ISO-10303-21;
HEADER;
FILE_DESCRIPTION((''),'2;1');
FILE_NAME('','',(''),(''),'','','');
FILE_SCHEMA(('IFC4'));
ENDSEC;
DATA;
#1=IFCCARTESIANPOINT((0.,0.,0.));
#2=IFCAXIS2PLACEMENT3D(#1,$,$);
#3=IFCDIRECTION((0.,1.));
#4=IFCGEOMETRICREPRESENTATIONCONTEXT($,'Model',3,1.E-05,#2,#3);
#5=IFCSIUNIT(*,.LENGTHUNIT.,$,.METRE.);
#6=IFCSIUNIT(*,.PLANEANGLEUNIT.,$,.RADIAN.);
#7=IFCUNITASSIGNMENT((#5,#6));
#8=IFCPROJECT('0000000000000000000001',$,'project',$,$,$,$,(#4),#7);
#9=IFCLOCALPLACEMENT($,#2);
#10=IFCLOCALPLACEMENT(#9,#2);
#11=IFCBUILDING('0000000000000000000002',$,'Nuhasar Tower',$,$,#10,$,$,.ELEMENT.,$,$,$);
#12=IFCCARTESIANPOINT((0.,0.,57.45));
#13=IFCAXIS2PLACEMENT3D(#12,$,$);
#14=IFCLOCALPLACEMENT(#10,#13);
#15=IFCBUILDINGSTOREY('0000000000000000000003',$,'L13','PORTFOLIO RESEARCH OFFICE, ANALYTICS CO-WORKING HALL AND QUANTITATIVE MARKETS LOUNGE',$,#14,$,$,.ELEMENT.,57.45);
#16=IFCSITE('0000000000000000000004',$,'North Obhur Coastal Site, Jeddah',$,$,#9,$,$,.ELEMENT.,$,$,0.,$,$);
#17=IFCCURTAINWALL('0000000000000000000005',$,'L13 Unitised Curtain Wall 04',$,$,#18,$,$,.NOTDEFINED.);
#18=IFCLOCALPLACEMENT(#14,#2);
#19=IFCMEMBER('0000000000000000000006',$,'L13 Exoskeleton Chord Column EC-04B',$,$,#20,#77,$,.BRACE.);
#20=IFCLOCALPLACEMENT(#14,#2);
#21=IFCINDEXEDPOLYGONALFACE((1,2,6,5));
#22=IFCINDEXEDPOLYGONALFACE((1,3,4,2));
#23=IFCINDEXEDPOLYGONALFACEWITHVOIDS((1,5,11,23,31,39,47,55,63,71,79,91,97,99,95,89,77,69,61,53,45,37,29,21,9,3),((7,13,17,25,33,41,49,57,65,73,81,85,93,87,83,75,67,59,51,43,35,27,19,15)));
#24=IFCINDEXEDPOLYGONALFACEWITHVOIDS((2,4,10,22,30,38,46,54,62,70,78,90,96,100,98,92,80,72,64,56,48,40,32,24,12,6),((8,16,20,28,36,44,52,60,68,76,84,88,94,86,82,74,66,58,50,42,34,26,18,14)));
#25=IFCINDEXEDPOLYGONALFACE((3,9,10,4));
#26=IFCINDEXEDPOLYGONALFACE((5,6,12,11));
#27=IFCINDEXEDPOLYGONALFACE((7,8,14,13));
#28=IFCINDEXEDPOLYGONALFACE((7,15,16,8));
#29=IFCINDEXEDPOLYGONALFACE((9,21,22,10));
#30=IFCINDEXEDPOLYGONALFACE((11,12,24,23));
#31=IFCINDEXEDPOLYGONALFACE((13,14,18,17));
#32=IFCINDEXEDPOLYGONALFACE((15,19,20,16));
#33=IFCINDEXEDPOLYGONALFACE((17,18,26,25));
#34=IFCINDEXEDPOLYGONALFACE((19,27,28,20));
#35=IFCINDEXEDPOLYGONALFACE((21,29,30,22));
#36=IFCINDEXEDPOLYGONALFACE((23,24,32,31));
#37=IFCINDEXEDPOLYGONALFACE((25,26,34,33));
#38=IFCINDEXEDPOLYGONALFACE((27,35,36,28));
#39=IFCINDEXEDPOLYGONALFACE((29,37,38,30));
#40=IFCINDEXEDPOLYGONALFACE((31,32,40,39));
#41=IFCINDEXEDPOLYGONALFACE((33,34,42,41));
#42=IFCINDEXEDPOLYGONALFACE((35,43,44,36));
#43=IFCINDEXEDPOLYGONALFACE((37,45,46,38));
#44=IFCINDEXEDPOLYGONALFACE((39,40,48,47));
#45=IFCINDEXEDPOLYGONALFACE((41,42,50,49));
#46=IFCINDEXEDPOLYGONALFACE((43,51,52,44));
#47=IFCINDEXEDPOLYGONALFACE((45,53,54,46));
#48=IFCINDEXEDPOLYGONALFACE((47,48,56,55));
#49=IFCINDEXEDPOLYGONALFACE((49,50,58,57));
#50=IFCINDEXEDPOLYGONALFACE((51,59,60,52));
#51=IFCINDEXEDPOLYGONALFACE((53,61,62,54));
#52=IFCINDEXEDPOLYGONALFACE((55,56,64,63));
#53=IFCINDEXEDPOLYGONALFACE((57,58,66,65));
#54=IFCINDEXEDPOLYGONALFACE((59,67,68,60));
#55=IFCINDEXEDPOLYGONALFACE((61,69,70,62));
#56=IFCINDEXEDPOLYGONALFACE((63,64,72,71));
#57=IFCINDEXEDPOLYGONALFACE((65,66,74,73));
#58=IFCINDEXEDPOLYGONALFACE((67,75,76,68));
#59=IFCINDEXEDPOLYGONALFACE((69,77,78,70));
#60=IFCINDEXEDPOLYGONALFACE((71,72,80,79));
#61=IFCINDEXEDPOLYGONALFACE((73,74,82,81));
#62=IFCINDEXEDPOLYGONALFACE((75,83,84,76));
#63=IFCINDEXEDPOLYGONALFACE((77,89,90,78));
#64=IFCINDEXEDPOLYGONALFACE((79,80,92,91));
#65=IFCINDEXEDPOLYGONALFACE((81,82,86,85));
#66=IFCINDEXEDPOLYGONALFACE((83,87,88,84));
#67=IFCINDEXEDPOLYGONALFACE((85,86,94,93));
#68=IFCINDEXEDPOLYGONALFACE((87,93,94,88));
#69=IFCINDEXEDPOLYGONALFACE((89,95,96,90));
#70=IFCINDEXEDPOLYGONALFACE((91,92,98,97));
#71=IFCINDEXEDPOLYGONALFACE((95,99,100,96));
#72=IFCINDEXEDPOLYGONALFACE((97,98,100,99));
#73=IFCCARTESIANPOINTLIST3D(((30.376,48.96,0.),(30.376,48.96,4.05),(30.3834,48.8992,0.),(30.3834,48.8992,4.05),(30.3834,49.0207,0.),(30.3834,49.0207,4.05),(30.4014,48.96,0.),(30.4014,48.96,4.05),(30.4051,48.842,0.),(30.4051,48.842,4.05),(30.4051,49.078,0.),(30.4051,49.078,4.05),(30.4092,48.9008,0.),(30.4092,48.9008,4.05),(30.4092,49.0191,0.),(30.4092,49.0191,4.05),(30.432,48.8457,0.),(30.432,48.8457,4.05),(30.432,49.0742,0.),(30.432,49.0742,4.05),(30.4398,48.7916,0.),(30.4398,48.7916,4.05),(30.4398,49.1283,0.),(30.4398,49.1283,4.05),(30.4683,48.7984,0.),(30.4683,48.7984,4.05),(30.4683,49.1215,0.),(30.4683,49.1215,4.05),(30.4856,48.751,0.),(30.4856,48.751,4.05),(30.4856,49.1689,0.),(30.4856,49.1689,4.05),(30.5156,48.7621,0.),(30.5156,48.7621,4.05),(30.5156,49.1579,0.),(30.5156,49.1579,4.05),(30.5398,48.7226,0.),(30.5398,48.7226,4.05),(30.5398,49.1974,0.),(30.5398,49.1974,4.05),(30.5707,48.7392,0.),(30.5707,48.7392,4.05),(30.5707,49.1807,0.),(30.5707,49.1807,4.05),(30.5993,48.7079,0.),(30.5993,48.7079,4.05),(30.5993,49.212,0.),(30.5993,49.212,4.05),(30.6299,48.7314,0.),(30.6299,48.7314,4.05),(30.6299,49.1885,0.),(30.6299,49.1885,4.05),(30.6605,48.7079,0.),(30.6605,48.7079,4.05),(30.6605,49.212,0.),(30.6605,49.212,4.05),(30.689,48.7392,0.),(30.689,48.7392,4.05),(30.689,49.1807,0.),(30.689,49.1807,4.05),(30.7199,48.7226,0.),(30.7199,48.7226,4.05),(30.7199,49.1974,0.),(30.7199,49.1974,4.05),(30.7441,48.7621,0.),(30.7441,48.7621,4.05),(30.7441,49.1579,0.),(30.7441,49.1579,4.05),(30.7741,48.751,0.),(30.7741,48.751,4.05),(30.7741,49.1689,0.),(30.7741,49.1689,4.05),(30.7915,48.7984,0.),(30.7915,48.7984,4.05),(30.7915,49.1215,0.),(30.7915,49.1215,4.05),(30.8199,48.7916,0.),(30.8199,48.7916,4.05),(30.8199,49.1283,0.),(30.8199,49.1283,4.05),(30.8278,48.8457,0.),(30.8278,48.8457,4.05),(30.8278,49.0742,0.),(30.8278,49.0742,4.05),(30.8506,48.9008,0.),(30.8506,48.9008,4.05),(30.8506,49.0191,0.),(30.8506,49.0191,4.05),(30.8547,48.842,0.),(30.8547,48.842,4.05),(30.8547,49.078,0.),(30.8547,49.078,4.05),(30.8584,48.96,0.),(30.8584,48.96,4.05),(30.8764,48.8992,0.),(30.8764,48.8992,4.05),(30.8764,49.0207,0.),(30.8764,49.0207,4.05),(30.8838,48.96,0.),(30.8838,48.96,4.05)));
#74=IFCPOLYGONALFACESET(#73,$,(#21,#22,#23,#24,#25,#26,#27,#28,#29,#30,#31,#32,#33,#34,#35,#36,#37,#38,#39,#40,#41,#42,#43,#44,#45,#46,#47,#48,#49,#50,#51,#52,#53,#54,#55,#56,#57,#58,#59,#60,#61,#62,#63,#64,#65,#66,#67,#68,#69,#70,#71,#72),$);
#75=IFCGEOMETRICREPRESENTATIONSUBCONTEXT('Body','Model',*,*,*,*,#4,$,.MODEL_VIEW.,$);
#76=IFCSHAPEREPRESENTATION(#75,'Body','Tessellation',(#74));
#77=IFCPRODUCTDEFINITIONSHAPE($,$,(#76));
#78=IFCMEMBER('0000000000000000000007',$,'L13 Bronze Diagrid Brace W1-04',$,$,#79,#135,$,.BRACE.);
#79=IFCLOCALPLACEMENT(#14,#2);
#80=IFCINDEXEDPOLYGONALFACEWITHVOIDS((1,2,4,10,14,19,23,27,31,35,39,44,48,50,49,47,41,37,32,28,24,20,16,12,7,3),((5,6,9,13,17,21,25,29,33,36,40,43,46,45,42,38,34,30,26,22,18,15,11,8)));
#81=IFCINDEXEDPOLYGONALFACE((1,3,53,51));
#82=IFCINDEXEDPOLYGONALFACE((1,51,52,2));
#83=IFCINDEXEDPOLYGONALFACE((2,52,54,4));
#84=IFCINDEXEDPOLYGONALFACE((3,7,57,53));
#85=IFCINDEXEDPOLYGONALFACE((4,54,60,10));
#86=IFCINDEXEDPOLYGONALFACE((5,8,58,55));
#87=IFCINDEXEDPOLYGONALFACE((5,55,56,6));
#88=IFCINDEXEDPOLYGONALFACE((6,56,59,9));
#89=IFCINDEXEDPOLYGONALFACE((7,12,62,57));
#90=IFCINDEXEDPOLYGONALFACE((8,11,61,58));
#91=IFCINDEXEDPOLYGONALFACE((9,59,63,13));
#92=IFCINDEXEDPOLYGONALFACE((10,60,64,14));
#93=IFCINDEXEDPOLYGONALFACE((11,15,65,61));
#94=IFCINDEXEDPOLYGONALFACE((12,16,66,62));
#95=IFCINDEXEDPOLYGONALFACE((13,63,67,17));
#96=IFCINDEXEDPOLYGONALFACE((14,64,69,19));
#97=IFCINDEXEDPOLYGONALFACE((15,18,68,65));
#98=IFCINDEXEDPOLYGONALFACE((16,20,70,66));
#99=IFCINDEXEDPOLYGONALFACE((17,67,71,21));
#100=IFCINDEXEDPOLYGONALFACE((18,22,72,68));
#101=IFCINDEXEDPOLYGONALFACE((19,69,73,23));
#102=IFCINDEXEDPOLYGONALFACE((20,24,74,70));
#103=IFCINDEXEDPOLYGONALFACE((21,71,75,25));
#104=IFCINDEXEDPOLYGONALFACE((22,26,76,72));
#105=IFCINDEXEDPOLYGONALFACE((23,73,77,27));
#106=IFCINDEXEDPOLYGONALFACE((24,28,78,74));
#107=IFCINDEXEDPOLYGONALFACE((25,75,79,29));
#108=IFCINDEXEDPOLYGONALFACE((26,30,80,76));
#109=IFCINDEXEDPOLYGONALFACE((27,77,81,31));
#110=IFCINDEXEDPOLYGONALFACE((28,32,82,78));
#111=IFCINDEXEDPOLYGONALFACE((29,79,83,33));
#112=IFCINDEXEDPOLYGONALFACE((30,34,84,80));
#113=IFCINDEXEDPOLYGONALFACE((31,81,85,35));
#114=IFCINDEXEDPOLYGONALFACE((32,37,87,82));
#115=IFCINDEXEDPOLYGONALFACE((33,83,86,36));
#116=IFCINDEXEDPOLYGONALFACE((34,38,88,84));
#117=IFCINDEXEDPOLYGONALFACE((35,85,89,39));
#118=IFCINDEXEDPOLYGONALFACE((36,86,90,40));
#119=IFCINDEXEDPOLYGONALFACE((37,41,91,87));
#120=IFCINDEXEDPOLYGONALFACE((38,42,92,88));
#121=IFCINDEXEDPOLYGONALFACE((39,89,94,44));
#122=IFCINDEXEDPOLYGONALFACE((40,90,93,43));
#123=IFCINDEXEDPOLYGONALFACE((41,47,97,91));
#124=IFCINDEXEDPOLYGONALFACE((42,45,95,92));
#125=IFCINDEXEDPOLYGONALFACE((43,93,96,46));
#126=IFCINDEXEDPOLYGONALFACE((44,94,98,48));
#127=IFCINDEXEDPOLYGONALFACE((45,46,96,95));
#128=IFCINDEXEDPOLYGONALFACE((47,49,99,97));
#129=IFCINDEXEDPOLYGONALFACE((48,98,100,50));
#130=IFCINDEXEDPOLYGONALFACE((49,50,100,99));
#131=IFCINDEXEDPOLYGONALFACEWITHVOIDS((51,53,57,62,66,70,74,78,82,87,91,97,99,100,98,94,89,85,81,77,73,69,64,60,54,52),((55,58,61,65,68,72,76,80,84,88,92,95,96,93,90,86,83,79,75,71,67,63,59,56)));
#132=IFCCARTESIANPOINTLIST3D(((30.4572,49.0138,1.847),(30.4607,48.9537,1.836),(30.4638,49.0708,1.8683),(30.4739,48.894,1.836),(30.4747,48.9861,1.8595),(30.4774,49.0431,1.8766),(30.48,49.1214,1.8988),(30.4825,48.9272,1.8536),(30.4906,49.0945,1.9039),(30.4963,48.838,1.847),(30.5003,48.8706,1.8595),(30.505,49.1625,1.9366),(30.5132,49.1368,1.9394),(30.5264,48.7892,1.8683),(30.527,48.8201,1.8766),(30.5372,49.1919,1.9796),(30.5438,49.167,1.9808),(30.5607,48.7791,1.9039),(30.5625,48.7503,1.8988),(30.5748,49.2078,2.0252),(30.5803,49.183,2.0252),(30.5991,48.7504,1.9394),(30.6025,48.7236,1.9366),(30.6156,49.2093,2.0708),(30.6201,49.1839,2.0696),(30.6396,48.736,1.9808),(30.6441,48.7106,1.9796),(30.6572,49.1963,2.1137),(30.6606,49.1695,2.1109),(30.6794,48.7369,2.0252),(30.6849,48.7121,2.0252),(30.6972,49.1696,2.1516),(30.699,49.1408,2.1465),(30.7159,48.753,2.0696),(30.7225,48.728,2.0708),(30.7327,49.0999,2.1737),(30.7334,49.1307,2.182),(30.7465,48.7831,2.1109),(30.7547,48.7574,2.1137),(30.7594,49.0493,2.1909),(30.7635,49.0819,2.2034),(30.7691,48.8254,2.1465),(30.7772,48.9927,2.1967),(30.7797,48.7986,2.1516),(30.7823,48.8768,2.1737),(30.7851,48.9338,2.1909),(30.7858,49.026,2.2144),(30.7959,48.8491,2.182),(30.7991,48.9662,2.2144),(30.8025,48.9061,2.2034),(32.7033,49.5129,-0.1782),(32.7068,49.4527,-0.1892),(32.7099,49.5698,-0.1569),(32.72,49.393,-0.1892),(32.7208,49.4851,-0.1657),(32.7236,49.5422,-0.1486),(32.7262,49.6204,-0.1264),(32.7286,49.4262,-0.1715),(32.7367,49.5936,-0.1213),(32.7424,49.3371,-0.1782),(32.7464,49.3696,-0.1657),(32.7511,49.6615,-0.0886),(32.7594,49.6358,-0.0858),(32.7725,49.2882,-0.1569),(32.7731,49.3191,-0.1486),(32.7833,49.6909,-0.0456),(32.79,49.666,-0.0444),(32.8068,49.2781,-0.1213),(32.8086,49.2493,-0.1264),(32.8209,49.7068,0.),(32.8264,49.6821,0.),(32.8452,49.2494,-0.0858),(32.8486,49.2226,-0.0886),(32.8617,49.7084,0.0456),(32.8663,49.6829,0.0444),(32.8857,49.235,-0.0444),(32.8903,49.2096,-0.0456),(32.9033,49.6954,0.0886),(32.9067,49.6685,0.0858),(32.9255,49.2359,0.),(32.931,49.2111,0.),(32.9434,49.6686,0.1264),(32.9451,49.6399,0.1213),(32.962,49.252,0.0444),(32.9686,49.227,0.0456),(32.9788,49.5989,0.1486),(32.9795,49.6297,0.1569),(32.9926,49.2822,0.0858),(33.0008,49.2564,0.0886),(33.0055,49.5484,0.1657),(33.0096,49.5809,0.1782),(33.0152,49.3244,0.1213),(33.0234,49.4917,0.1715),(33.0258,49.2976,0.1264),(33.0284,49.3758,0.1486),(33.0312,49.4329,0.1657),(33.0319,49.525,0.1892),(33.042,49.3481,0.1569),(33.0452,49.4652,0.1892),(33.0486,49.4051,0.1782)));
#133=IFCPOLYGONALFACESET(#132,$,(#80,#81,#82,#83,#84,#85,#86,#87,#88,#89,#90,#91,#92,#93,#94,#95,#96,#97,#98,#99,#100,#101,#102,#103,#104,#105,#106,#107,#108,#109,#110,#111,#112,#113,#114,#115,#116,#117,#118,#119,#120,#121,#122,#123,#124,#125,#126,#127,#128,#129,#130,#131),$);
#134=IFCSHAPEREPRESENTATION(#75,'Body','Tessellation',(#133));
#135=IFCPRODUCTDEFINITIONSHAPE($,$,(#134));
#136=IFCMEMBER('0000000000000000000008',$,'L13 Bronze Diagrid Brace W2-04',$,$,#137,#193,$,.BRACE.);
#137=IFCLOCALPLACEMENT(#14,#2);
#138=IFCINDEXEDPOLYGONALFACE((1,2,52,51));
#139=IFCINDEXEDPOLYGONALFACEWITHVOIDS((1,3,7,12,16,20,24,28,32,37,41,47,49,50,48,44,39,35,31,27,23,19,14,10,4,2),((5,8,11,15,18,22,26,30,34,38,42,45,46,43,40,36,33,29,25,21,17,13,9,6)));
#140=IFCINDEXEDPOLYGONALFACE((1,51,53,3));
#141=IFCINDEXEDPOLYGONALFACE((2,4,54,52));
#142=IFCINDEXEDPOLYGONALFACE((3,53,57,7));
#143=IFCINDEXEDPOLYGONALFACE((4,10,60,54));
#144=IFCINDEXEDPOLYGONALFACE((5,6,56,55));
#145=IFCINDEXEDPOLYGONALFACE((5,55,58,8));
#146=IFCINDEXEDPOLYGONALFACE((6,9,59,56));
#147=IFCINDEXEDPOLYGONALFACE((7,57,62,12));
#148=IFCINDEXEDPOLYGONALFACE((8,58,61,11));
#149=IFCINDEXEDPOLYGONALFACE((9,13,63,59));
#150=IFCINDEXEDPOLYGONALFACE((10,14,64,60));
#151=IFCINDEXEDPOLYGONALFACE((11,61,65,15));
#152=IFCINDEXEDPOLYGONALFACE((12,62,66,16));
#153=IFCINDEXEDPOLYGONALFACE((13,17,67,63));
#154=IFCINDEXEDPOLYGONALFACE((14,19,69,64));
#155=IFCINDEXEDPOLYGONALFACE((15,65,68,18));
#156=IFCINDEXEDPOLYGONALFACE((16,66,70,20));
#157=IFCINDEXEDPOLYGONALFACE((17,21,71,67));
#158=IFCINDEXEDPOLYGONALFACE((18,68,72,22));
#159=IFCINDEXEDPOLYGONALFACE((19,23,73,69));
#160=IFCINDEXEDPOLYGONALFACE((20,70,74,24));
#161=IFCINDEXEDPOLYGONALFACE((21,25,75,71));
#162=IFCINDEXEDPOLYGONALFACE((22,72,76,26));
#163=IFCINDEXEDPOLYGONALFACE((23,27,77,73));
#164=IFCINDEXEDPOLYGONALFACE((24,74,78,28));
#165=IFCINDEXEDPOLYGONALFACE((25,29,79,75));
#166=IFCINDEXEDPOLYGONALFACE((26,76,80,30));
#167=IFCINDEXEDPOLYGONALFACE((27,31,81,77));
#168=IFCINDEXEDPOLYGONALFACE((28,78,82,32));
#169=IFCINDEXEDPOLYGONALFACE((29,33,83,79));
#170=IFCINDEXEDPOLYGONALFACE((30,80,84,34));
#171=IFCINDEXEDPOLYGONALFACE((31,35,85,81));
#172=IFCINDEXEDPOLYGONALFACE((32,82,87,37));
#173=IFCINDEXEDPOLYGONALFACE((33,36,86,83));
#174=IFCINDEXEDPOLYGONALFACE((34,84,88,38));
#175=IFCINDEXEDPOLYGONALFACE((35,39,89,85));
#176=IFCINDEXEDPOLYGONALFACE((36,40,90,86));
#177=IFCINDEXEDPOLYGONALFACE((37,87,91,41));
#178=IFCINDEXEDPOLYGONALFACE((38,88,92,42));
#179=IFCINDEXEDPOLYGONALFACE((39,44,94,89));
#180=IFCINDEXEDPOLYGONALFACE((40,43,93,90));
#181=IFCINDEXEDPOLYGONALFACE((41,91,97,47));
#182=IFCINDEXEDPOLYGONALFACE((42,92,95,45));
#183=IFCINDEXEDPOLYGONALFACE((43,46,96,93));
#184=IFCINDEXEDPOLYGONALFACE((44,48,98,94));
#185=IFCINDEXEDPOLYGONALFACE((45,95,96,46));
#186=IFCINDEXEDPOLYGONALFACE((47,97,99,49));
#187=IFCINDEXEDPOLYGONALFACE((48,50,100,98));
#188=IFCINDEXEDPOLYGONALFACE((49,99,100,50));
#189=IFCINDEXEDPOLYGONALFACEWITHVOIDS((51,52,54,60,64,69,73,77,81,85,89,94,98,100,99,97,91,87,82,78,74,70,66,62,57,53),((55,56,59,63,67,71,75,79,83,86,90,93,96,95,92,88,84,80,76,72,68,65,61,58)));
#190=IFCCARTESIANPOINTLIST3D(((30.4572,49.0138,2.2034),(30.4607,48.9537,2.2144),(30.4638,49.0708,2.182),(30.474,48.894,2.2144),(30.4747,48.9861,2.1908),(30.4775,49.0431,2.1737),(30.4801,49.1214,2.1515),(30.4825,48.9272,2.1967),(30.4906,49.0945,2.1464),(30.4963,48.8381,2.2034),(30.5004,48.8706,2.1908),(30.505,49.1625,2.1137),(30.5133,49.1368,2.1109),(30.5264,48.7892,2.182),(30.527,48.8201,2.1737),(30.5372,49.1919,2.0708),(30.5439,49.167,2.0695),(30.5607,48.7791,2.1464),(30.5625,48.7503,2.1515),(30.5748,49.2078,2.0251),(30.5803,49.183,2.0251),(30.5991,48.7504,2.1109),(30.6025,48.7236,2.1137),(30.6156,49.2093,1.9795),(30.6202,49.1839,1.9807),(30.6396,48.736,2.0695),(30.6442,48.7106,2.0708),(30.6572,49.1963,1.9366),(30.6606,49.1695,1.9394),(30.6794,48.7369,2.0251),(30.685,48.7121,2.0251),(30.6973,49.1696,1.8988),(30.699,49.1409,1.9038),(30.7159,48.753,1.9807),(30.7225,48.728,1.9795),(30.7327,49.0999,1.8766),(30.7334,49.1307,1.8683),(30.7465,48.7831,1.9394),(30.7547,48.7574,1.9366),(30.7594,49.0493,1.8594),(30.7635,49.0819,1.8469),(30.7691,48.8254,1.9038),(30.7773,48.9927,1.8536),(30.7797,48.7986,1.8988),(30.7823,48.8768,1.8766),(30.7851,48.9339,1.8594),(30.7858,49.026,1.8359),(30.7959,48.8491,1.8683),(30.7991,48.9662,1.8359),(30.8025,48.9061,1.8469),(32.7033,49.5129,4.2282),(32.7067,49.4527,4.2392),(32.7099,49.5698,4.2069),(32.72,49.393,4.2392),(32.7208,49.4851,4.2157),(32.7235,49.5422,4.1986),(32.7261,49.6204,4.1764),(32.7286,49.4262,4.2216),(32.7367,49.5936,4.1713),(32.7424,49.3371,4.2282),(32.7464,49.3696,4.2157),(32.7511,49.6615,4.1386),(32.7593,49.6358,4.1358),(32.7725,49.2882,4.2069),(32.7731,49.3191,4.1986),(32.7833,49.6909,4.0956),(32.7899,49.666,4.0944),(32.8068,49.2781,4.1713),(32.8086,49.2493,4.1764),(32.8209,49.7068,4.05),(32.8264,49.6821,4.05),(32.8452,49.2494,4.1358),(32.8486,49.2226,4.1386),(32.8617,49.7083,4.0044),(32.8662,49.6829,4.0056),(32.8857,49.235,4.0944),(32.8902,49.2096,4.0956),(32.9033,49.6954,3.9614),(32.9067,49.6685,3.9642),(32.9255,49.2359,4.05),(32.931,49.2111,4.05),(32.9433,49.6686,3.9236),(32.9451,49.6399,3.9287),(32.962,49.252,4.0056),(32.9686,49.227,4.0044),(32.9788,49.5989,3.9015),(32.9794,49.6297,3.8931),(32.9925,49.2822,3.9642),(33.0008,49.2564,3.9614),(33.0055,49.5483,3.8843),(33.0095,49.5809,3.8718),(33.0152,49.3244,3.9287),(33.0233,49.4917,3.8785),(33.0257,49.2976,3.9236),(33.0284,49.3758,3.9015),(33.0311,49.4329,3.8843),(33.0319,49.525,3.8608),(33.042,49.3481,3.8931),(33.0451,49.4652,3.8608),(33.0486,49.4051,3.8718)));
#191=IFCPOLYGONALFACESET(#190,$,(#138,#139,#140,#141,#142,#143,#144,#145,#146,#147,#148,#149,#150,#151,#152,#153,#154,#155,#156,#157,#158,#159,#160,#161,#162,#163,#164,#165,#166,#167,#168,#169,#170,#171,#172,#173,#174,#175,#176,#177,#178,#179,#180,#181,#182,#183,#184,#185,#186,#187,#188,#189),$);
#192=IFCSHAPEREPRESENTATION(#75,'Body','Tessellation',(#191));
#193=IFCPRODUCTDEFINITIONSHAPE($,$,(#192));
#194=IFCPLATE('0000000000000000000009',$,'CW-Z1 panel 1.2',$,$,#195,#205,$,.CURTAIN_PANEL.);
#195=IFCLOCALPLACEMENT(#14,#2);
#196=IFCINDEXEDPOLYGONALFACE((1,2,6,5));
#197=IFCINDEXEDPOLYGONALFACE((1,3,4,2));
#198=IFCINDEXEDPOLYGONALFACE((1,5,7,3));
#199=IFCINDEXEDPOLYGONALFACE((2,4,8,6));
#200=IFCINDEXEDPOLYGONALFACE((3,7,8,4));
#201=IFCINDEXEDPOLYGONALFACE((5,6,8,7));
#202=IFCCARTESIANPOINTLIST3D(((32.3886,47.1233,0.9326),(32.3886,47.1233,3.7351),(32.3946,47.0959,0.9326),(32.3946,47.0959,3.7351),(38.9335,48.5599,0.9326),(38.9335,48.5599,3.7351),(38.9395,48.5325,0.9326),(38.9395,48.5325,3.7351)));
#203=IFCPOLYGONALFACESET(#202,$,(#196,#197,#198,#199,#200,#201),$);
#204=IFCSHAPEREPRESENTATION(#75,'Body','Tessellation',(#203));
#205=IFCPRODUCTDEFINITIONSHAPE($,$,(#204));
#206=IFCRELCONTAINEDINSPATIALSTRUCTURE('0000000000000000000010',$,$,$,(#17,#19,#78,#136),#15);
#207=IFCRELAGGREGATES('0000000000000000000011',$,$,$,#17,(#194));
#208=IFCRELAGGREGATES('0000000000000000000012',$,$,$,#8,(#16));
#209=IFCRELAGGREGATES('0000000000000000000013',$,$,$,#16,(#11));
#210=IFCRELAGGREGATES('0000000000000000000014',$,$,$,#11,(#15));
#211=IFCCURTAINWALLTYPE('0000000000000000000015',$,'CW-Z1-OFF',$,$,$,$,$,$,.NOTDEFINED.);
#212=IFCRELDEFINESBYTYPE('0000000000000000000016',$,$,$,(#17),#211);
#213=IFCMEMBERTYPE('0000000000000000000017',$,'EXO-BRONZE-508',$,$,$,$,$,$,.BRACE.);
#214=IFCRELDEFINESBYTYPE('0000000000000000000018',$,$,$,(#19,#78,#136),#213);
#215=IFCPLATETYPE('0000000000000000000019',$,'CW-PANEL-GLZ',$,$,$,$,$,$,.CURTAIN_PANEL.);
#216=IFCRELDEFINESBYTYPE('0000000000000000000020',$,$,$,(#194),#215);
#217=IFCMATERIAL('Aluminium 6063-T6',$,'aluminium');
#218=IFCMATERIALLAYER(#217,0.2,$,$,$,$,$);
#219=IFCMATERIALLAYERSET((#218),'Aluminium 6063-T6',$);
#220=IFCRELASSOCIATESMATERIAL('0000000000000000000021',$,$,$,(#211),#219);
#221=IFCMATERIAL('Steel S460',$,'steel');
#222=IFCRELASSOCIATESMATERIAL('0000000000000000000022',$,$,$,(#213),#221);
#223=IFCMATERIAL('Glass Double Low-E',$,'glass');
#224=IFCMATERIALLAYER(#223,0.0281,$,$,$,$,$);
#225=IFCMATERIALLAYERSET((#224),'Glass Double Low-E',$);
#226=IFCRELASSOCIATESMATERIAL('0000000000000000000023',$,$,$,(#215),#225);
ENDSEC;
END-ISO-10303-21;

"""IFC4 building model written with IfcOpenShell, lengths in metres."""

from ifc_helpers import new_model, si_unit, direction, frame, origin, origin_2d, place, context, subcontext, project, spatial, rectangle, hollow_circle, extrude, material, layer, layer_set, material_profile, profile_set, type_object, element, aggregate, save


model = new_model("IFC4")

# Units and contexts
model_context = context("Model", 3, precision=1e-05, world=origin(), true_north=direction((0.0, 1.0)))
body_context = subcontext(model_context, "Body", "Model", "MODEL_VIEW")
ifc_project = project(units=[si_unit("LENGTHUNIT", "METRE"), si_unit("PLANEANGLEUNIT", "RADIAN")], contexts=[model_context])

# Site, building, storey
site_placement = place(None, origin())
site = spatial("IfcSite", under=ifc_project, at=site_placement, Name="North Obhur Coastal Site, Jeddah", CompositionType="ELEMENT", RefElevation=0.0)
building_placement = place(site_placement, origin())
building = spatial("IfcBuilding", under=site, at=building_placement, Name="Nuhasar Tower", CompositionType="ELEMENT")
storey_placement = place(building_placement, frame((0.0, 0.0, 57.45)))
storey = spatial("IfcBuildingStorey", under=building, at=storey_placement, Name="L13", Description="PORTFOLIO RESEARCH OFFICE, ANALYTICS CO-WORKING HALL AND QUANTITATIVE MARKETS LOUNGE", CompositionType="ELEMENT", Elevation=57.45)

# Curtain wall
ifc_material_1 = material(Name="Aluminium 6063-T6", Category="aluminium")
ifc_layer_1 = layer(ifc_material_1, 0.2)
ifc_layer_set_1 = layer_set([ifc_layer_1], Name="Aluminium 6063-T6")
curtain_wall_type = type_object("IfcCurtainWallType", Name="CW-Z1-OFF", PredefinedType="NOTDEFINED", material=ifc_layer_set_1)
curtain_wall_placement = place(storey_placement, origin())
curtain_wall = element("IfcCurtainWall", 1, at=curtain_wall_placement, inside=storey, type_object=curtain_wall_type, Name="L13 Unitised Curtain Wall 04", PredefinedType="NOTDEFINED")

# Members
ifc_material_2 = material(Name="Steel S460", Category="steel")
ifc_material_profile_1 = material_profile(ifc_material_2, hollow_circle(Radius=0.2539, WallThickness=0.0254, at=origin_2d()), Name="HSS508X25.4")
ifc_profile_set_1 = profile_set([ifc_material_profile_1], Name="Steel S460")
member_type_1 = type_object("IfcMemberType", Name="EXO-BRONZE-508", PredefinedType="BRACE", material=ifc_profile_set_1)
for number, where, z_axis, x_axis, name in (
    (2, (30.6299, 48.96, 0.0), (0.0, 0.0, 1.0), (1.0, 0.0, 0.0), "L13 Exoskeleton Chord Column EC-04B"),
):
    element("IfcMember", number, at=place(storey_placement, frame(where, z_axis=z_axis, x_axis=x_axis)), inside=storey, type_object=member_type_1, Name=name, PredefinedType="BRACE", context=body_context, shape_type="SweptSolid", body=[
        extrude(hollow_circle(Radius=0.2539, WallThickness=0.0254, at=origin_2d()), origin(), (0.0, 0.0, 1.0), 4.05),
    ])
member_1_placement = place(storey_placement, frame((32.876, 49.459, 0.0), z_axis=(-0.732783, -0.162805, 0.660699), x_axis=(0.216886, -0.976197, 0.0)))
element("IfcMember", 3, at=member_1_placement, inside=storey, type_object=member_type_1, Name="L13 Bronze Diagrid Brace W1-04", PredefinedType="BRACE", context=body_context, shape_type="SweptSolid", body=[
    extrude(hollow_circle(Radius=0.2539, WallThickness=0.0254, at=origin_2d()), origin(), (0.0, 0.0, 1.0), 3.0652),
])
member_2_placement = place(storey_placement, frame((30.6299, 48.96, 2.0251), z_axis=(0.732821, 0.162814, 0.660654), x_axis=(-0.216886, 0.976197, 0.0)))
element("IfcMember", 4, at=member_2_placement, inside=storey, type_object=member_type_1, Name="L13 Bronze Diagrid Brace W2-04", PredefinedType="BRACE", context=body_context, shape_type="SweptSolid", body=[
    extrude(hollow_circle(Radius=0.2539, WallThickness=0.0254, at=origin_2d()), origin(), (0.0, 0.0, 1.0), 3.0649),
])

# Plate
ifc_material_3 = material(Name="Glass Double Low-E", Category="glass")
ifc_layer_2 = layer(ifc_material_3, 0.0281)
ifc_layer_set_2 = layer_set([ifc_layer_2], Name="Glass Double Low-E")
plate_type_1 = type_object("IfcPlateType", Name="CW-PANEL-GLZ", PredefinedType="CURTAIN_PANEL", material=ifc_layer_set_2)
plate_1_placement = place(storey_placement, frame((35.6641, 47.8279, 0.9326), z_axis=(0.0, 0.0, 1.0), x_axis=(-0.976746, -0.214399, 0.0)))
plate_1 = element("IfcPlate", 5, at=plate_1_placement, type_object=plate_type_1, Name="CW-Z1 panel 1.2", PredefinedType="CURTAIN_PANEL", context=body_context, shape_type="SweptSolid", body=[
    extrude(rectangle(XDim=6.7007, YDim=0.0281, at=origin_2d()), origin(), (0.0, 0.0, 1.0), 2.8025),
])
aggregate(curtain_wall, [plate_1])

save(model, "model.ifc")
